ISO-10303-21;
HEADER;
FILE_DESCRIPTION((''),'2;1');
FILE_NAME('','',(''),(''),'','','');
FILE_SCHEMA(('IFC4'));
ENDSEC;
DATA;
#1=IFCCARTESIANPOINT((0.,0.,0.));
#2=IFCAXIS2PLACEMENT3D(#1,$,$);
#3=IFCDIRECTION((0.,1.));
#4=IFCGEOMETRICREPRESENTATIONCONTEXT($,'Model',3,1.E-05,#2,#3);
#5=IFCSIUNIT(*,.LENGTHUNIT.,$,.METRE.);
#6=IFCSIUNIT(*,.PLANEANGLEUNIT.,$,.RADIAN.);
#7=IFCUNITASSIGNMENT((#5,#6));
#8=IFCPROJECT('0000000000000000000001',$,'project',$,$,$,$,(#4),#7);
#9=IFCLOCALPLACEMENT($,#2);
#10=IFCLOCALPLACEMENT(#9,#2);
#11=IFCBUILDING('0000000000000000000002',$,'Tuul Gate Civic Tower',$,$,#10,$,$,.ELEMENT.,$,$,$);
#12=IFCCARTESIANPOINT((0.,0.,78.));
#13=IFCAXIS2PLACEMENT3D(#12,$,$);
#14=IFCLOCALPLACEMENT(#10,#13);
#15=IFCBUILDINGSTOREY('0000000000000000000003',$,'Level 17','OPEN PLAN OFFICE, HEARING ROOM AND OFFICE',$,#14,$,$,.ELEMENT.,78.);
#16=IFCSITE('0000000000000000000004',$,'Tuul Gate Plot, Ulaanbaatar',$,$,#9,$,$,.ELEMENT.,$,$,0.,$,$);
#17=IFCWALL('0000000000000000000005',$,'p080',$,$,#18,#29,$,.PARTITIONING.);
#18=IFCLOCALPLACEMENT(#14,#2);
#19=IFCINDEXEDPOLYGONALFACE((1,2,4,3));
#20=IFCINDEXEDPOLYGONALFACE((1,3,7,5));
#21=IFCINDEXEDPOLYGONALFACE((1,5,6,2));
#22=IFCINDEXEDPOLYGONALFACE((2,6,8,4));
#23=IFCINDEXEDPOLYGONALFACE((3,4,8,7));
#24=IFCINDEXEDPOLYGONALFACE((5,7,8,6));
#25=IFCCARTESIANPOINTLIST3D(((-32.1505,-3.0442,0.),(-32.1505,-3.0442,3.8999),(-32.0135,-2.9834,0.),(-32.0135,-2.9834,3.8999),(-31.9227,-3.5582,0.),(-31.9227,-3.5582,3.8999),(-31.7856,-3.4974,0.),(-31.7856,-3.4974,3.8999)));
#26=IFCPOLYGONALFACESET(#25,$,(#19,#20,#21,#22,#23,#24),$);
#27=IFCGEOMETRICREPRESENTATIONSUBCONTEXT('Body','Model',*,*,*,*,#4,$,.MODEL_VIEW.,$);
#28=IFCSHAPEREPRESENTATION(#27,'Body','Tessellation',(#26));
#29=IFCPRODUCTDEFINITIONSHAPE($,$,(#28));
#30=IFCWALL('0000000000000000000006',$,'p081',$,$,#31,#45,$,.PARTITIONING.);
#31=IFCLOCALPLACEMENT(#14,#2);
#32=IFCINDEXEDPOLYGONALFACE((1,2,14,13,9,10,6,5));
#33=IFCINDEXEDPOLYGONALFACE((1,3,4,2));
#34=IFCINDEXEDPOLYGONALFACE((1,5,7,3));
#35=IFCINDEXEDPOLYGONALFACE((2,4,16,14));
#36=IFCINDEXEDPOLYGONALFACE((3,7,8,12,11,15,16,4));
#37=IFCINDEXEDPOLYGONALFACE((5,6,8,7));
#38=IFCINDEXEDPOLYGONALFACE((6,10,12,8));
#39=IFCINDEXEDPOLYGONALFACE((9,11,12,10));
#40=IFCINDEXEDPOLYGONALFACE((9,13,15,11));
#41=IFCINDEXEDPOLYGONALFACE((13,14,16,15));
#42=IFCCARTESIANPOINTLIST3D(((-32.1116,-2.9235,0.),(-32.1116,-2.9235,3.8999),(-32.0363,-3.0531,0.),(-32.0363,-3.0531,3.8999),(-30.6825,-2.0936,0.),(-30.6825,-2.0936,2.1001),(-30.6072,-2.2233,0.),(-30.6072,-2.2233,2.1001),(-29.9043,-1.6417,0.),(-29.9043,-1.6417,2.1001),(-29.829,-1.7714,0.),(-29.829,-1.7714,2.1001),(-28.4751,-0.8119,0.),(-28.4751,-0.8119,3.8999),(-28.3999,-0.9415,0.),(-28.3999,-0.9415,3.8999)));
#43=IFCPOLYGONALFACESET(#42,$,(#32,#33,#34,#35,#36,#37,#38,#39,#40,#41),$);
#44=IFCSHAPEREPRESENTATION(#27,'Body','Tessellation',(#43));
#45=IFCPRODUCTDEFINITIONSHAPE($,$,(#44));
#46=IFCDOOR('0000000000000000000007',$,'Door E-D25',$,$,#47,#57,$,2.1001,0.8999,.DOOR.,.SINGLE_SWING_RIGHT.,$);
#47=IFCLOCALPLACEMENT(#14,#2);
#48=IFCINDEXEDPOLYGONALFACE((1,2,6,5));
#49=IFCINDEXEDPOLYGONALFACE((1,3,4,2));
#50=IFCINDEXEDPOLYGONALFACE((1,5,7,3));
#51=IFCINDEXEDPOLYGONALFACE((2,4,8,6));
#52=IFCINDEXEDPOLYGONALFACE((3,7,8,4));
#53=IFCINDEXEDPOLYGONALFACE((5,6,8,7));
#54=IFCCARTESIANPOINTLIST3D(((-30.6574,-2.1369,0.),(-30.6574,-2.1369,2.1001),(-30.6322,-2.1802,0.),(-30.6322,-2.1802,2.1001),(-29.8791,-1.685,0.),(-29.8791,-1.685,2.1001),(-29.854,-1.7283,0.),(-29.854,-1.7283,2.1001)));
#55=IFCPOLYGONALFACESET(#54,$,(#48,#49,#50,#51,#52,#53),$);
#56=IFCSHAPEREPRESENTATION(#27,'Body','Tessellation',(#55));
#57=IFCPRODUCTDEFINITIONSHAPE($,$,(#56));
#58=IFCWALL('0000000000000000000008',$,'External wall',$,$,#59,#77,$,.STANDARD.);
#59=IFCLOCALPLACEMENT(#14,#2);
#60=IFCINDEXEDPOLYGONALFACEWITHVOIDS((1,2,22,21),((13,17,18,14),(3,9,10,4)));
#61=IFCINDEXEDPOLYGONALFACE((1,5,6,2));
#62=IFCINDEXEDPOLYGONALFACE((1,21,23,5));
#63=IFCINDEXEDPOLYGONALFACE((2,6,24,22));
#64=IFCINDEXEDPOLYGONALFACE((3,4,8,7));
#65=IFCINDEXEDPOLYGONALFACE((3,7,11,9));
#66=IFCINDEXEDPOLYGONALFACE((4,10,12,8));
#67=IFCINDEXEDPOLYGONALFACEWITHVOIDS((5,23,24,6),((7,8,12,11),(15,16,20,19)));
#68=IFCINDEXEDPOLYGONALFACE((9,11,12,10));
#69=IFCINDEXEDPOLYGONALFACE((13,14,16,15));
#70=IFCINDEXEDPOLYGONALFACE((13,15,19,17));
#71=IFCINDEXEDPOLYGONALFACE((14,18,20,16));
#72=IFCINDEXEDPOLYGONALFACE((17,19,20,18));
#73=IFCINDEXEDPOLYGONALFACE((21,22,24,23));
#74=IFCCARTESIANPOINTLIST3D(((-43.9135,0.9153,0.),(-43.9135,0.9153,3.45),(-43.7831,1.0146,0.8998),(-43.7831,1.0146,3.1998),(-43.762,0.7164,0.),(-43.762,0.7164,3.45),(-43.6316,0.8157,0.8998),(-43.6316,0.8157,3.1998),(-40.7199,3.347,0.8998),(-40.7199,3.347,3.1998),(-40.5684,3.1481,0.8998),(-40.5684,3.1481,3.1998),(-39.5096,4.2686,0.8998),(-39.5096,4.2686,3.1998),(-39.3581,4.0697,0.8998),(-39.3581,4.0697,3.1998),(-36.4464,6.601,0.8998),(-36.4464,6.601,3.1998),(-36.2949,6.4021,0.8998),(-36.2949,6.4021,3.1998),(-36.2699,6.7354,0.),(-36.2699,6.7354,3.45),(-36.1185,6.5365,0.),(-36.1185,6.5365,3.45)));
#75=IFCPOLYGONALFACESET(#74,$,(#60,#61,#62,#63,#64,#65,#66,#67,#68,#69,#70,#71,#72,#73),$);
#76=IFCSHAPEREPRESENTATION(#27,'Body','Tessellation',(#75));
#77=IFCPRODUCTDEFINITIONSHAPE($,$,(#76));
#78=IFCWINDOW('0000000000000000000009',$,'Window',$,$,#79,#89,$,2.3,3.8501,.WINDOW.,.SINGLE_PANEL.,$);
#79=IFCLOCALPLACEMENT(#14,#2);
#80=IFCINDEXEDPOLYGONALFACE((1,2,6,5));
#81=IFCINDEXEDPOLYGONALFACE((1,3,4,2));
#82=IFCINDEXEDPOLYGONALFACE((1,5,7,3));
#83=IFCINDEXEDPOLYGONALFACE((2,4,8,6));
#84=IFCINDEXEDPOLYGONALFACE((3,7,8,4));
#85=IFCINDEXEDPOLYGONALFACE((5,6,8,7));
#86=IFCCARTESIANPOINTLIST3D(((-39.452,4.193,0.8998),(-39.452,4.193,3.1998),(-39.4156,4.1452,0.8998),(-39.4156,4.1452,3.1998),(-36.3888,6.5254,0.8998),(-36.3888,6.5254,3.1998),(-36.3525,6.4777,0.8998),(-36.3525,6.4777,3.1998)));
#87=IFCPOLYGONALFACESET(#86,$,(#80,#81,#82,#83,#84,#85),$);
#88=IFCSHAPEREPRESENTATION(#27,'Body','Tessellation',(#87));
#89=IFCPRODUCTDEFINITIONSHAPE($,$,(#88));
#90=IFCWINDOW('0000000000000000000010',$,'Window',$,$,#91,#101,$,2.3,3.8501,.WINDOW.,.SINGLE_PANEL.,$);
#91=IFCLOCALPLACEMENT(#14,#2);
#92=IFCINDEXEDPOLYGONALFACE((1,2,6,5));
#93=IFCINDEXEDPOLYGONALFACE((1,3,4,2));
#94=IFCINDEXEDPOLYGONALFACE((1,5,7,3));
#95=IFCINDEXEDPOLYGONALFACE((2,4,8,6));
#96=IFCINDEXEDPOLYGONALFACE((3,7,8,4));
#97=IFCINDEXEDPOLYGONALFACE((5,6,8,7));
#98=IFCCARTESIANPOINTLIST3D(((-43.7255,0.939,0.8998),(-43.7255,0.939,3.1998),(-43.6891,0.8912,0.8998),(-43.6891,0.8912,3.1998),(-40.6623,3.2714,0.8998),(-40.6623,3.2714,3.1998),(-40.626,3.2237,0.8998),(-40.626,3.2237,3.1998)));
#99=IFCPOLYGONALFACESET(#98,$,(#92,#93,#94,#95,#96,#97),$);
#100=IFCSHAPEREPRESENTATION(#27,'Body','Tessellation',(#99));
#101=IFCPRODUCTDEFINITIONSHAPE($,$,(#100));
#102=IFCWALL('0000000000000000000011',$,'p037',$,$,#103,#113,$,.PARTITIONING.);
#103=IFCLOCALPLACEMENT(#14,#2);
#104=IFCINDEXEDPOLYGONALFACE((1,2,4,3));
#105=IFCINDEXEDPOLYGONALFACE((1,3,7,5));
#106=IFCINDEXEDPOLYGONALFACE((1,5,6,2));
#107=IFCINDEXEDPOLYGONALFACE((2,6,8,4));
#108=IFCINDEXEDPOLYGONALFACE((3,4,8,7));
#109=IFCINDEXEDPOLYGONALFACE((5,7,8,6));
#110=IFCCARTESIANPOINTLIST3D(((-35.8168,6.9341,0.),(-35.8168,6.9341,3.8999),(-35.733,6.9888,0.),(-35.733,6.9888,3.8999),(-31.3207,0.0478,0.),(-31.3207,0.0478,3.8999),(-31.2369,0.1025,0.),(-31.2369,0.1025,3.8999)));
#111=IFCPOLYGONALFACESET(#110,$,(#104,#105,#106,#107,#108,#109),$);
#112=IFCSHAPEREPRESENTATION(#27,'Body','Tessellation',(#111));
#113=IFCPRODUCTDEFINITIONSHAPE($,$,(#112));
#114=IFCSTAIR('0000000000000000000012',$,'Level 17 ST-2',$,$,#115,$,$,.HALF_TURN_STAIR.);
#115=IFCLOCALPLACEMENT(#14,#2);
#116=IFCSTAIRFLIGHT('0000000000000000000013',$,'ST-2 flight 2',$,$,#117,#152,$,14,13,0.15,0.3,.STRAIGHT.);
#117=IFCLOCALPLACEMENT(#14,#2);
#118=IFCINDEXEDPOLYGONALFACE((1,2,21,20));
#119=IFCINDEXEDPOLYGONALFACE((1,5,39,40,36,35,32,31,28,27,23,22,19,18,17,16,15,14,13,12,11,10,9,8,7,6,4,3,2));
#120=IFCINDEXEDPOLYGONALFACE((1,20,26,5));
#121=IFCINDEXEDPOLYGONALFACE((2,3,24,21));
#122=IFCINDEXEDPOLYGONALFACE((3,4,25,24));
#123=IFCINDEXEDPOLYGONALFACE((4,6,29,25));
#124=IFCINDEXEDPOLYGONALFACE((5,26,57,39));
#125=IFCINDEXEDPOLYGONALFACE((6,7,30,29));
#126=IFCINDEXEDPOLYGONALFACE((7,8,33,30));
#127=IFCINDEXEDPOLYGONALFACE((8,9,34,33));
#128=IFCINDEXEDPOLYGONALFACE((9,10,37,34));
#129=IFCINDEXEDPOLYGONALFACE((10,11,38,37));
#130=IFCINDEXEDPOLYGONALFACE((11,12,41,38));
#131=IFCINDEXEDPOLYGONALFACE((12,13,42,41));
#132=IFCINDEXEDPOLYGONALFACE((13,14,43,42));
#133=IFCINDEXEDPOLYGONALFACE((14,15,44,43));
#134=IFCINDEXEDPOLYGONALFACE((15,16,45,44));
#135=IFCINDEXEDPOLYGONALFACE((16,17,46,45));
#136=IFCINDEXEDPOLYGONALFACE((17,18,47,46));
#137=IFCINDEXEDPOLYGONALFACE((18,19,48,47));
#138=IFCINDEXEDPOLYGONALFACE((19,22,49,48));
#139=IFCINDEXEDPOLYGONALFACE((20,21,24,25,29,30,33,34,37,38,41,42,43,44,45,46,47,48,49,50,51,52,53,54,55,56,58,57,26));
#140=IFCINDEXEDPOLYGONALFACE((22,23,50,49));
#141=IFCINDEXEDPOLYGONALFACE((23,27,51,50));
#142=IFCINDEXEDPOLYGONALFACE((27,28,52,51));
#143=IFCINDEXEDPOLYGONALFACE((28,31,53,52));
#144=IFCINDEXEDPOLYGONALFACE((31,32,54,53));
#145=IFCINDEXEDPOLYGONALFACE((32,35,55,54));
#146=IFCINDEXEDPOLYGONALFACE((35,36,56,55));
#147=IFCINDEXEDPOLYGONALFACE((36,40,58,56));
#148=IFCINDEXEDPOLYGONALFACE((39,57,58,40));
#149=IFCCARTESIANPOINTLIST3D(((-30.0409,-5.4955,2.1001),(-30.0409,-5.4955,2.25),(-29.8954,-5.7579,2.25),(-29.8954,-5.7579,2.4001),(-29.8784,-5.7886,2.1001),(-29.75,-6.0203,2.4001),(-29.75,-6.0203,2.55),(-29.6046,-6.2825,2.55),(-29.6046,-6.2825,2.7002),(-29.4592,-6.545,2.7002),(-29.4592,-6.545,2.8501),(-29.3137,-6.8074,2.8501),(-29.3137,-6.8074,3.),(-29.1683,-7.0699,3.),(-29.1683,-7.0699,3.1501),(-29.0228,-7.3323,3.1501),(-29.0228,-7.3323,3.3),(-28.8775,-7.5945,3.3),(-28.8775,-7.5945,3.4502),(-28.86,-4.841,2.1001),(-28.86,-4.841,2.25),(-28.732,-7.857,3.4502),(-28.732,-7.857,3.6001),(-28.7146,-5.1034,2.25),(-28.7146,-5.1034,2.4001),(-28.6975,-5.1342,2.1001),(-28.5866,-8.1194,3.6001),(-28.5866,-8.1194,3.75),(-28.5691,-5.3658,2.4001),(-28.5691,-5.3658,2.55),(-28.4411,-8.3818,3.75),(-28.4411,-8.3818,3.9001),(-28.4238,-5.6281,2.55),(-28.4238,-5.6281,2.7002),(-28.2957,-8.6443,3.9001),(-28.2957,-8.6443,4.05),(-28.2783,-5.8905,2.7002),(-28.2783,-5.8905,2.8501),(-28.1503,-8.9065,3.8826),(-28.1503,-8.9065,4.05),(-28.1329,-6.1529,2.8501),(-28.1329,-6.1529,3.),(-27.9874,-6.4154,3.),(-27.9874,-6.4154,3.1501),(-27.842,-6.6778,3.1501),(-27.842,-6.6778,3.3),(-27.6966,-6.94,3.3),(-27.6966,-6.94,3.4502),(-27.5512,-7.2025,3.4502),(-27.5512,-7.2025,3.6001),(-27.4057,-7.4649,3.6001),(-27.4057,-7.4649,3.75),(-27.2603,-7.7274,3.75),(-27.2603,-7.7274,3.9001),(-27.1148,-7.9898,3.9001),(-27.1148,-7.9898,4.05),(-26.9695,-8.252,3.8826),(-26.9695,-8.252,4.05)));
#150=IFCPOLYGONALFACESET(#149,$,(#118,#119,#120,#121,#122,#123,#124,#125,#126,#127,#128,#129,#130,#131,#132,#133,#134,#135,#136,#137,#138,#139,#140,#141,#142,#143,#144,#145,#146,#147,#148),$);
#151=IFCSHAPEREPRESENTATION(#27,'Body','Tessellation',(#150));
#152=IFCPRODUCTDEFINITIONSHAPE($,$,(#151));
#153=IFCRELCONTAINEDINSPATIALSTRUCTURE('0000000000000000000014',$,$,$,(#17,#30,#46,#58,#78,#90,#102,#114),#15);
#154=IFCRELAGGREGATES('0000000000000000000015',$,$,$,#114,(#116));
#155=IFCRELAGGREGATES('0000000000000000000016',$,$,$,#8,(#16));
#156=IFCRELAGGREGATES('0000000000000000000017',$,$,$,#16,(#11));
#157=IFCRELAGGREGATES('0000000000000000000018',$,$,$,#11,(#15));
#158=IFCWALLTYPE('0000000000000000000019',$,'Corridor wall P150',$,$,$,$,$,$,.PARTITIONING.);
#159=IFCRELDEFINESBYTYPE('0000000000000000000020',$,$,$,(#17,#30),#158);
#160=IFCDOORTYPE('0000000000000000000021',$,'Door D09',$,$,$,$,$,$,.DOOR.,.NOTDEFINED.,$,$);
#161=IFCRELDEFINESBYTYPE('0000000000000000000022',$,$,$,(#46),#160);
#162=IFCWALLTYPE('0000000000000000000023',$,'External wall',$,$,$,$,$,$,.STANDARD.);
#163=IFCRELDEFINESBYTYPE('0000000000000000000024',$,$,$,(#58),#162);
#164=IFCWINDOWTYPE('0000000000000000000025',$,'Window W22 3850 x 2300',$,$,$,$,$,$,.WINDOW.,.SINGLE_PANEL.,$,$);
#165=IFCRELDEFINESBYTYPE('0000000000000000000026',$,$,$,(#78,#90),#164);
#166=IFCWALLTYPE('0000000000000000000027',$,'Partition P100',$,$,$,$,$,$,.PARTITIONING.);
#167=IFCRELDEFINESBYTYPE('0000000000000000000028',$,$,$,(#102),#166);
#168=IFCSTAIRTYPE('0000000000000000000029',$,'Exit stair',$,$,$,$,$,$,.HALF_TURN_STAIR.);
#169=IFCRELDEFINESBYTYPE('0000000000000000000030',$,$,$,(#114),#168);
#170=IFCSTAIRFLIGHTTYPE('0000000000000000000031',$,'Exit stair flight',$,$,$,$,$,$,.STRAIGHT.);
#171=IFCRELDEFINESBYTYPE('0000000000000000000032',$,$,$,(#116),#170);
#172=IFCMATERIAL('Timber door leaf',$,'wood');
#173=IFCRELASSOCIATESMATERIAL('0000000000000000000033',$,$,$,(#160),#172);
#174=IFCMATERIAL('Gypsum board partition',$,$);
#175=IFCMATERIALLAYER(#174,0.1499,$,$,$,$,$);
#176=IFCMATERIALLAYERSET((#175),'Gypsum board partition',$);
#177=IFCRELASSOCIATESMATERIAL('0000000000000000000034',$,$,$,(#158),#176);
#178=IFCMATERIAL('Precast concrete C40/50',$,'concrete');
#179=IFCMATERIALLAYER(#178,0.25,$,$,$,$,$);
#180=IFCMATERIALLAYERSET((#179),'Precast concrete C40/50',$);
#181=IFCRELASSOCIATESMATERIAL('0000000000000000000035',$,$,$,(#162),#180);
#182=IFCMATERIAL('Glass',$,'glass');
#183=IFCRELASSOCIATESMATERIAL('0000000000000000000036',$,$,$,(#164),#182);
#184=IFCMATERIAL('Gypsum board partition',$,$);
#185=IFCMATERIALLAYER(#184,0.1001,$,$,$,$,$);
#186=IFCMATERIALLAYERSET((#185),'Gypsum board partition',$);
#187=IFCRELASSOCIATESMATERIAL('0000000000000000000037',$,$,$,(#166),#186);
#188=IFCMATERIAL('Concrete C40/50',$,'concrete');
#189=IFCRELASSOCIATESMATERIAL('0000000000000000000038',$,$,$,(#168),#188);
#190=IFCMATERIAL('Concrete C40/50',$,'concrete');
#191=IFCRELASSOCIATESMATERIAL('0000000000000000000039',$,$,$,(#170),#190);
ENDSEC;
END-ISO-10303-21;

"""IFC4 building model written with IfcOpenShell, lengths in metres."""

from ifc_helpers import new_model, si_unit, direction, frame, frame_2d, origin, place, context, subcontext, project, spatial, polyline, rectangle, outline, extrude, material, layer, layer_set, type_object, element, fill, aggregate, save


model = new_model("IFC4")

# Units and contexts
model_context = context("Model", 3, precision=1e-05, world=origin(), true_north=direction((0.0, 1.0)))
body_context = subcontext(model_context, "Body", "Model", "MODEL_VIEW")
ifc_project = project(units=[si_unit("LENGTHUNIT", "METRE"), si_unit("PLANEANGLEUNIT", "RADIAN")], contexts=[model_context])

# Site, building, storey
site_placement = place(None, origin())
site = spatial("IfcSite", under=ifc_project, at=site_placement, Name="Tuul Gate Plot, Ulaanbaatar", CompositionType="ELEMENT", RefElevation=0.0)
building_placement = place(site_placement, origin())
building = spatial("IfcBuilding", under=site, at=building_placement, Name="Tuul Gate Civic Tower", CompositionType="ELEMENT")
storey_placement = place(building_placement, frame((0.0, 0.0, 78.0)))
storey = spatial("IfcBuildingStorey", under=building, at=storey_placement, Name="Level 17", Description="OPEN PLAN OFFICE, HEARING ROOM AND OFFICE", CompositionType="ELEMENT", Elevation=78.0)

# Shared definitions
ifc_material_1 = material(Name="Timber door leaf", Category="wood")
door_type_1 = type_object("IfcDoorType", Name="Door D09", OperationType="NOTDEFINED", PredefinedType="DOOR", material=ifc_material_1)

# Shared definitions
ifc_material_2 = material(Name="Gypsum board partition")
ifc_layer_1 = layer(ifc_material_2, 0.1499)
ifc_layer_set_1 = layer_set([ifc_layer_1], Name="Gypsum board partition")
wall_type_1 = type_object("IfcWallType", Name="Corridor wall P150", PredefinedType="PARTITIONING", material=ifc_layer_set_1)

# Wall
wall_1_placement = place(storey_placement, frame((-32.082, -3.0137, 0.0), z_axis=(0.0, 0.0, 1.0), x_axis=(0.405211, -0.914223, 0.0)))
element("IfcWall", 1, at=wall_1_placement, inside=storey, type_object=wall_type_1, Name="p080", PredefinedType="PARTITIONING", context=body_context, shape_type="SweptSolid", body=[
    extrude(rectangle(XDim=0.5623, YDim=0.1499, at=frame_2d((0.2812, 0.0))), origin(), (0.0, 0.0, 1.0), 3.8999),
])

# Wall, opening, door
wall_2_placement = place(storey_placement, frame((-32.074, -2.9883, 0.0), z_axis=(0.0, 0.0, 1.0), x_axis=(0.864782, 0.502148, 0.0)))
wall_2 = element("IfcWall", 2, at=wall_2_placement, inside=storey, type_object=wall_type_1, Name="p081", PredefinedType="PARTITIONING", context=body_context, shape_type="SweptSolid", body=[
    extrude(rectangle(XDim=4.2051, YDim=0.1499, at=frame_2d((2.1025, 0.0))), origin(), (0.0, 0.0, 1.0), 3.8999),
])
opening_1_placement = place(wall_2_placement, frame((1.6526, 0.0, 0.0)))
opening_1 = element("IfcOpeningElement", 3, at=opening_1_placement, cuts=wall_2, PredefinedType="OPENING", context=body_context, shape_type="SweptSolid", body=[
    extrude(rectangle(XDim=0.8999, YDim=2.1001, at=frame_2d((0.45, 1.05))), frame((0.0, 0.085, 0.0), z_axis=(0.0, -1.0, 0.0), x_axis=(1.0, 0.0, 0.0)), (0.0, 0.0, 1.0), 0.1699),
])
door_1_placement = place(opening_1_placement, origin())
door_1 = element("IfcDoor", 4, at=door_1_placement, inside=storey, type_object=door_type_1, Name="Door E-D25", OperationType="SINGLE_SWING_RIGHT", OverallHeight=2.1001, OverallWidth=0.8999, PredefinedType="DOOR", context=body_context, shape_type="SweptSolid", body=[
    extrude(rectangle(XDim=0.8999, YDim=2.1001, at=frame_2d((0.45, 1.05))), frame((0.0, 0.0249, 0.0), z_axis=(0.0, -1.0, 0.0), x_axis=(1.0, 0.0, 0.0)), (0.0, 0.0, 1.0), 0.05),
])
fill(opening_1, door_1)

# Wall, openings, windows
ifc_material_3 = material(Name="Precast concrete C40/50", Category="concrete")
ifc_layer_2 = layer(ifc_material_3, 0.25)
ifc_layer_set_2 = layer_set([ifc_layer_2], Name="Precast concrete C40/50")
wall_type_2 = type_object("IfcWallType", Name="External wall", PredefinedType="STANDARD", material=ifc_layer_set_2)
wall_3_placement = place(storey_placement, frame((-36.1941, 6.636, 0.0), z_axis=(0.0, 0.0, 1.0), x_axis=(-0.795612, -0.605807, 0.0)))
wall_3 = element("IfcWall", 5, at=wall_3_placement, inside=storey, type_object=wall_type_2, Name="External wall", PredefinedType="STANDARD", context=body_context, shape_type="SweptSolid", body=[
    extrude(rectangle(XDim=9.6072, YDim=0.25, at=frame_2d((4.8037, 0.0))), origin(), (0.0, 0.0, 1.0), 3.45),
])
opening_2_placement = place(wall_3_placement, frame((0.2219, 0.0, 0.8999)))
opening_2 = element("IfcOpeningElement", 6, at=opening_2_placement, cuts=wall_3, PredefinedType="OPENING", context=body_context, shape_type="SweptSolid", body=[
    extrude(rectangle(XDim=3.8501, YDim=2.3, at=frame_2d((1.925, 1.1499))), frame((0.0, 0.135, 0.0), z_axis=(0.0, -1.0, 0.0), x_axis=(1.0, 0.0, 0.0)), (0.0, 0.0, 1.0), 0.27),
])
opening_3_placement = place(wall_3_placement, frame((5.5933, 0.0, 0.8999)))
opening_3 = element("IfcOpeningElement", 7, at=opening_3_placement, cuts=wall_3, PredefinedType="OPENING", context=body_context, shape_type="SweptSolid", body=[
    extrude(rectangle(XDim=3.8501, YDim=2.3, at=frame_2d((1.925, 1.1499))), frame((0.0, 0.135, 0.0), z_axis=(0.0, -1.0, 0.0), x_axis=(1.0, 0.0, 0.0)), (0.0, 0.0, 1.0), 0.27),
])
ifc_material_4 = material(Name="Glass", Category="glass")
window_type = type_object("IfcWindowType", Name="Window W22 3850 x 2300", PartitioningType="SINGLE_PANEL", PredefinedType="WINDOW", material=ifc_material_4)
window_1_placement = place(opening_2_placement, origin())
window_1 = element("IfcWindow", 8, at=window_1_placement, inside=storey, type_object=window_type, Name="Window", OverallHeight=2.3, OverallWidth=3.8501, PartitioningType="SINGLE_PANEL", PredefinedType="WINDOW", context=body_context, shape_type="SweptSolid", body=[
    extrude(rectangle(XDim=3.8501, YDim=2.3, at=frame_2d((1.925, 1.1499))), frame((0.0, 0.03, 0.0), z_axis=(0.0, -1.0, 0.0), x_axis=(1.0, 0.0, 0.0)), (0.0, 0.0, 1.0), 0.0601),
])
fill(opening_2, window_1)
window_2_placement = place(opening_3_placement, origin())
window_2 = element("IfcWindow", 9, at=window_2_placement, inside=storey, type_object=window_type, Name="Window", OverallHeight=2.3, OverallWidth=3.8501, PartitioningType="SINGLE_PANEL", PredefinedType="WINDOW", context=body_context, shape_type="SweptSolid", body=[
    extrude(rectangle(XDim=3.8501, YDim=2.3, at=frame_2d((1.925, 1.1499))), frame((0.0, 0.03, 0.0), z_axis=(0.0, -1.0, 0.0), x_axis=(1.0, 0.0, 0.0)), (0.0, 0.0, 1.0), 0.0601),
])
fill(opening_3, window_2)

# Wall
ifc_material_5 = material(Name="Gypsum board partition")
ifc_layer_3 = layer(ifc_material_5, 0.1001)
ifc_layer_set_3 = layer_set([ifc_layer_3], Name="Gypsum board partition")
wall_type_3 = type_object("IfcWallType", Name="Partition P100", PredefinedType="PARTITIONING", material=ifc_layer_set_3)
wall_4_placement = place(storey_placement, frame((-35.7749, 6.9614, 0.0), z_axis=(0.0, 0.0, 1.0), x_axis=(0.546701, -0.837328, 0.0)))
element("IfcWall", 10, at=wall_4_placement, inside=storey, type_object=wall_type_3, Name="p037", PredefinedType="PARTITIONING", context=body_context, shape_type="SweptSolid", body=[
    extrude(rectangle(XDim=8.2241, YDim=0.1001, at=frame_2d((4.1121, 0.0))), origin(), (0.0, 0.0, 1.0), 3.8999),
])

# Stair, stair flight
ifc_material_6 = material(Name="Concrete C40/50", Category="concrete")
stair_type = type_object("IfcStairType", Name="Exit stair", PredefinedType="HALF_TURN_STAIR", material=ifc_material_6)
stair_placement = place(storey_placement, origin())
stair = element("IfcStair", 11, at=stair_placement, inside=storey, type_object=stair_type, Name="Level 17 ST-2", PredefinedType="HALF_TURN_STAIR")
ifc_material_7 = material(Name="Concrete C40/50", Category="concrete")
stair_flight_type = type_object("IfcStairFlightType", Name="Exit stair flight", PredefinedType="STRAIGHT", material=ifc_material_7)
stair_flight_placement = place(storey_placement, frame((-29.4504, -5.1682, 2.1001), z_axis=(0.0, 0.0, 1.0), x_axis=(0.484762, -0.874646, 0.0)))
stair_flight = element("IfcStairFlight", 12, at=stair_flight_placement, type_object=stair_flight_type, Name="ST-2 flight 2", NumberOfRisers=14, NumberOfTreads=13, PredefinedType="STRAIGHT", RiserHeight=0.15, TreadLength=0.3, context=body_context, shape_type="SweptSolid", body=[
    extrude(outline(polyline([(0.0, 0.0), (0.0, 0.1499), (0.3, 0.1499), (0.3, 0.3), (0.6001, 0.3), (0.6001, 0.45), (0.8999, 0.45), (0.8999, 0.6001), (1.2, 0.6001), (1.2, 0.75), (1.5, 0.75), (1.5, 0.8999), (1.8, 0.8999), (1.8, 1.05), (2.1001, 1.05), (2.1001, 1.2), (2.3999, 1.2), (2.3999, 1.3501), (2.7, 1.3501), (2.7, 1.5), (3.0, 1.5), (3.0, 1.6499), (3.3, 1.6499), (3.3, 1.8), (3.6001, 1.8), (3.6001, 1.95), (3.8999, 1.95), (3.8999, 2.1001), (3.8999, 1.7825), (0.3352, 0.0), (0.0, 0.0)])), frame((0.0, 0.675, 0.0), z_axis=(0.0, -1.0, 0.0), x_axis=(1.0, 0.0, 0.0)), (0.0, 0.0, 1.0), 1.3501),
])
aggregate(stair, [stair_flight])

save(model, "model.ifc")
